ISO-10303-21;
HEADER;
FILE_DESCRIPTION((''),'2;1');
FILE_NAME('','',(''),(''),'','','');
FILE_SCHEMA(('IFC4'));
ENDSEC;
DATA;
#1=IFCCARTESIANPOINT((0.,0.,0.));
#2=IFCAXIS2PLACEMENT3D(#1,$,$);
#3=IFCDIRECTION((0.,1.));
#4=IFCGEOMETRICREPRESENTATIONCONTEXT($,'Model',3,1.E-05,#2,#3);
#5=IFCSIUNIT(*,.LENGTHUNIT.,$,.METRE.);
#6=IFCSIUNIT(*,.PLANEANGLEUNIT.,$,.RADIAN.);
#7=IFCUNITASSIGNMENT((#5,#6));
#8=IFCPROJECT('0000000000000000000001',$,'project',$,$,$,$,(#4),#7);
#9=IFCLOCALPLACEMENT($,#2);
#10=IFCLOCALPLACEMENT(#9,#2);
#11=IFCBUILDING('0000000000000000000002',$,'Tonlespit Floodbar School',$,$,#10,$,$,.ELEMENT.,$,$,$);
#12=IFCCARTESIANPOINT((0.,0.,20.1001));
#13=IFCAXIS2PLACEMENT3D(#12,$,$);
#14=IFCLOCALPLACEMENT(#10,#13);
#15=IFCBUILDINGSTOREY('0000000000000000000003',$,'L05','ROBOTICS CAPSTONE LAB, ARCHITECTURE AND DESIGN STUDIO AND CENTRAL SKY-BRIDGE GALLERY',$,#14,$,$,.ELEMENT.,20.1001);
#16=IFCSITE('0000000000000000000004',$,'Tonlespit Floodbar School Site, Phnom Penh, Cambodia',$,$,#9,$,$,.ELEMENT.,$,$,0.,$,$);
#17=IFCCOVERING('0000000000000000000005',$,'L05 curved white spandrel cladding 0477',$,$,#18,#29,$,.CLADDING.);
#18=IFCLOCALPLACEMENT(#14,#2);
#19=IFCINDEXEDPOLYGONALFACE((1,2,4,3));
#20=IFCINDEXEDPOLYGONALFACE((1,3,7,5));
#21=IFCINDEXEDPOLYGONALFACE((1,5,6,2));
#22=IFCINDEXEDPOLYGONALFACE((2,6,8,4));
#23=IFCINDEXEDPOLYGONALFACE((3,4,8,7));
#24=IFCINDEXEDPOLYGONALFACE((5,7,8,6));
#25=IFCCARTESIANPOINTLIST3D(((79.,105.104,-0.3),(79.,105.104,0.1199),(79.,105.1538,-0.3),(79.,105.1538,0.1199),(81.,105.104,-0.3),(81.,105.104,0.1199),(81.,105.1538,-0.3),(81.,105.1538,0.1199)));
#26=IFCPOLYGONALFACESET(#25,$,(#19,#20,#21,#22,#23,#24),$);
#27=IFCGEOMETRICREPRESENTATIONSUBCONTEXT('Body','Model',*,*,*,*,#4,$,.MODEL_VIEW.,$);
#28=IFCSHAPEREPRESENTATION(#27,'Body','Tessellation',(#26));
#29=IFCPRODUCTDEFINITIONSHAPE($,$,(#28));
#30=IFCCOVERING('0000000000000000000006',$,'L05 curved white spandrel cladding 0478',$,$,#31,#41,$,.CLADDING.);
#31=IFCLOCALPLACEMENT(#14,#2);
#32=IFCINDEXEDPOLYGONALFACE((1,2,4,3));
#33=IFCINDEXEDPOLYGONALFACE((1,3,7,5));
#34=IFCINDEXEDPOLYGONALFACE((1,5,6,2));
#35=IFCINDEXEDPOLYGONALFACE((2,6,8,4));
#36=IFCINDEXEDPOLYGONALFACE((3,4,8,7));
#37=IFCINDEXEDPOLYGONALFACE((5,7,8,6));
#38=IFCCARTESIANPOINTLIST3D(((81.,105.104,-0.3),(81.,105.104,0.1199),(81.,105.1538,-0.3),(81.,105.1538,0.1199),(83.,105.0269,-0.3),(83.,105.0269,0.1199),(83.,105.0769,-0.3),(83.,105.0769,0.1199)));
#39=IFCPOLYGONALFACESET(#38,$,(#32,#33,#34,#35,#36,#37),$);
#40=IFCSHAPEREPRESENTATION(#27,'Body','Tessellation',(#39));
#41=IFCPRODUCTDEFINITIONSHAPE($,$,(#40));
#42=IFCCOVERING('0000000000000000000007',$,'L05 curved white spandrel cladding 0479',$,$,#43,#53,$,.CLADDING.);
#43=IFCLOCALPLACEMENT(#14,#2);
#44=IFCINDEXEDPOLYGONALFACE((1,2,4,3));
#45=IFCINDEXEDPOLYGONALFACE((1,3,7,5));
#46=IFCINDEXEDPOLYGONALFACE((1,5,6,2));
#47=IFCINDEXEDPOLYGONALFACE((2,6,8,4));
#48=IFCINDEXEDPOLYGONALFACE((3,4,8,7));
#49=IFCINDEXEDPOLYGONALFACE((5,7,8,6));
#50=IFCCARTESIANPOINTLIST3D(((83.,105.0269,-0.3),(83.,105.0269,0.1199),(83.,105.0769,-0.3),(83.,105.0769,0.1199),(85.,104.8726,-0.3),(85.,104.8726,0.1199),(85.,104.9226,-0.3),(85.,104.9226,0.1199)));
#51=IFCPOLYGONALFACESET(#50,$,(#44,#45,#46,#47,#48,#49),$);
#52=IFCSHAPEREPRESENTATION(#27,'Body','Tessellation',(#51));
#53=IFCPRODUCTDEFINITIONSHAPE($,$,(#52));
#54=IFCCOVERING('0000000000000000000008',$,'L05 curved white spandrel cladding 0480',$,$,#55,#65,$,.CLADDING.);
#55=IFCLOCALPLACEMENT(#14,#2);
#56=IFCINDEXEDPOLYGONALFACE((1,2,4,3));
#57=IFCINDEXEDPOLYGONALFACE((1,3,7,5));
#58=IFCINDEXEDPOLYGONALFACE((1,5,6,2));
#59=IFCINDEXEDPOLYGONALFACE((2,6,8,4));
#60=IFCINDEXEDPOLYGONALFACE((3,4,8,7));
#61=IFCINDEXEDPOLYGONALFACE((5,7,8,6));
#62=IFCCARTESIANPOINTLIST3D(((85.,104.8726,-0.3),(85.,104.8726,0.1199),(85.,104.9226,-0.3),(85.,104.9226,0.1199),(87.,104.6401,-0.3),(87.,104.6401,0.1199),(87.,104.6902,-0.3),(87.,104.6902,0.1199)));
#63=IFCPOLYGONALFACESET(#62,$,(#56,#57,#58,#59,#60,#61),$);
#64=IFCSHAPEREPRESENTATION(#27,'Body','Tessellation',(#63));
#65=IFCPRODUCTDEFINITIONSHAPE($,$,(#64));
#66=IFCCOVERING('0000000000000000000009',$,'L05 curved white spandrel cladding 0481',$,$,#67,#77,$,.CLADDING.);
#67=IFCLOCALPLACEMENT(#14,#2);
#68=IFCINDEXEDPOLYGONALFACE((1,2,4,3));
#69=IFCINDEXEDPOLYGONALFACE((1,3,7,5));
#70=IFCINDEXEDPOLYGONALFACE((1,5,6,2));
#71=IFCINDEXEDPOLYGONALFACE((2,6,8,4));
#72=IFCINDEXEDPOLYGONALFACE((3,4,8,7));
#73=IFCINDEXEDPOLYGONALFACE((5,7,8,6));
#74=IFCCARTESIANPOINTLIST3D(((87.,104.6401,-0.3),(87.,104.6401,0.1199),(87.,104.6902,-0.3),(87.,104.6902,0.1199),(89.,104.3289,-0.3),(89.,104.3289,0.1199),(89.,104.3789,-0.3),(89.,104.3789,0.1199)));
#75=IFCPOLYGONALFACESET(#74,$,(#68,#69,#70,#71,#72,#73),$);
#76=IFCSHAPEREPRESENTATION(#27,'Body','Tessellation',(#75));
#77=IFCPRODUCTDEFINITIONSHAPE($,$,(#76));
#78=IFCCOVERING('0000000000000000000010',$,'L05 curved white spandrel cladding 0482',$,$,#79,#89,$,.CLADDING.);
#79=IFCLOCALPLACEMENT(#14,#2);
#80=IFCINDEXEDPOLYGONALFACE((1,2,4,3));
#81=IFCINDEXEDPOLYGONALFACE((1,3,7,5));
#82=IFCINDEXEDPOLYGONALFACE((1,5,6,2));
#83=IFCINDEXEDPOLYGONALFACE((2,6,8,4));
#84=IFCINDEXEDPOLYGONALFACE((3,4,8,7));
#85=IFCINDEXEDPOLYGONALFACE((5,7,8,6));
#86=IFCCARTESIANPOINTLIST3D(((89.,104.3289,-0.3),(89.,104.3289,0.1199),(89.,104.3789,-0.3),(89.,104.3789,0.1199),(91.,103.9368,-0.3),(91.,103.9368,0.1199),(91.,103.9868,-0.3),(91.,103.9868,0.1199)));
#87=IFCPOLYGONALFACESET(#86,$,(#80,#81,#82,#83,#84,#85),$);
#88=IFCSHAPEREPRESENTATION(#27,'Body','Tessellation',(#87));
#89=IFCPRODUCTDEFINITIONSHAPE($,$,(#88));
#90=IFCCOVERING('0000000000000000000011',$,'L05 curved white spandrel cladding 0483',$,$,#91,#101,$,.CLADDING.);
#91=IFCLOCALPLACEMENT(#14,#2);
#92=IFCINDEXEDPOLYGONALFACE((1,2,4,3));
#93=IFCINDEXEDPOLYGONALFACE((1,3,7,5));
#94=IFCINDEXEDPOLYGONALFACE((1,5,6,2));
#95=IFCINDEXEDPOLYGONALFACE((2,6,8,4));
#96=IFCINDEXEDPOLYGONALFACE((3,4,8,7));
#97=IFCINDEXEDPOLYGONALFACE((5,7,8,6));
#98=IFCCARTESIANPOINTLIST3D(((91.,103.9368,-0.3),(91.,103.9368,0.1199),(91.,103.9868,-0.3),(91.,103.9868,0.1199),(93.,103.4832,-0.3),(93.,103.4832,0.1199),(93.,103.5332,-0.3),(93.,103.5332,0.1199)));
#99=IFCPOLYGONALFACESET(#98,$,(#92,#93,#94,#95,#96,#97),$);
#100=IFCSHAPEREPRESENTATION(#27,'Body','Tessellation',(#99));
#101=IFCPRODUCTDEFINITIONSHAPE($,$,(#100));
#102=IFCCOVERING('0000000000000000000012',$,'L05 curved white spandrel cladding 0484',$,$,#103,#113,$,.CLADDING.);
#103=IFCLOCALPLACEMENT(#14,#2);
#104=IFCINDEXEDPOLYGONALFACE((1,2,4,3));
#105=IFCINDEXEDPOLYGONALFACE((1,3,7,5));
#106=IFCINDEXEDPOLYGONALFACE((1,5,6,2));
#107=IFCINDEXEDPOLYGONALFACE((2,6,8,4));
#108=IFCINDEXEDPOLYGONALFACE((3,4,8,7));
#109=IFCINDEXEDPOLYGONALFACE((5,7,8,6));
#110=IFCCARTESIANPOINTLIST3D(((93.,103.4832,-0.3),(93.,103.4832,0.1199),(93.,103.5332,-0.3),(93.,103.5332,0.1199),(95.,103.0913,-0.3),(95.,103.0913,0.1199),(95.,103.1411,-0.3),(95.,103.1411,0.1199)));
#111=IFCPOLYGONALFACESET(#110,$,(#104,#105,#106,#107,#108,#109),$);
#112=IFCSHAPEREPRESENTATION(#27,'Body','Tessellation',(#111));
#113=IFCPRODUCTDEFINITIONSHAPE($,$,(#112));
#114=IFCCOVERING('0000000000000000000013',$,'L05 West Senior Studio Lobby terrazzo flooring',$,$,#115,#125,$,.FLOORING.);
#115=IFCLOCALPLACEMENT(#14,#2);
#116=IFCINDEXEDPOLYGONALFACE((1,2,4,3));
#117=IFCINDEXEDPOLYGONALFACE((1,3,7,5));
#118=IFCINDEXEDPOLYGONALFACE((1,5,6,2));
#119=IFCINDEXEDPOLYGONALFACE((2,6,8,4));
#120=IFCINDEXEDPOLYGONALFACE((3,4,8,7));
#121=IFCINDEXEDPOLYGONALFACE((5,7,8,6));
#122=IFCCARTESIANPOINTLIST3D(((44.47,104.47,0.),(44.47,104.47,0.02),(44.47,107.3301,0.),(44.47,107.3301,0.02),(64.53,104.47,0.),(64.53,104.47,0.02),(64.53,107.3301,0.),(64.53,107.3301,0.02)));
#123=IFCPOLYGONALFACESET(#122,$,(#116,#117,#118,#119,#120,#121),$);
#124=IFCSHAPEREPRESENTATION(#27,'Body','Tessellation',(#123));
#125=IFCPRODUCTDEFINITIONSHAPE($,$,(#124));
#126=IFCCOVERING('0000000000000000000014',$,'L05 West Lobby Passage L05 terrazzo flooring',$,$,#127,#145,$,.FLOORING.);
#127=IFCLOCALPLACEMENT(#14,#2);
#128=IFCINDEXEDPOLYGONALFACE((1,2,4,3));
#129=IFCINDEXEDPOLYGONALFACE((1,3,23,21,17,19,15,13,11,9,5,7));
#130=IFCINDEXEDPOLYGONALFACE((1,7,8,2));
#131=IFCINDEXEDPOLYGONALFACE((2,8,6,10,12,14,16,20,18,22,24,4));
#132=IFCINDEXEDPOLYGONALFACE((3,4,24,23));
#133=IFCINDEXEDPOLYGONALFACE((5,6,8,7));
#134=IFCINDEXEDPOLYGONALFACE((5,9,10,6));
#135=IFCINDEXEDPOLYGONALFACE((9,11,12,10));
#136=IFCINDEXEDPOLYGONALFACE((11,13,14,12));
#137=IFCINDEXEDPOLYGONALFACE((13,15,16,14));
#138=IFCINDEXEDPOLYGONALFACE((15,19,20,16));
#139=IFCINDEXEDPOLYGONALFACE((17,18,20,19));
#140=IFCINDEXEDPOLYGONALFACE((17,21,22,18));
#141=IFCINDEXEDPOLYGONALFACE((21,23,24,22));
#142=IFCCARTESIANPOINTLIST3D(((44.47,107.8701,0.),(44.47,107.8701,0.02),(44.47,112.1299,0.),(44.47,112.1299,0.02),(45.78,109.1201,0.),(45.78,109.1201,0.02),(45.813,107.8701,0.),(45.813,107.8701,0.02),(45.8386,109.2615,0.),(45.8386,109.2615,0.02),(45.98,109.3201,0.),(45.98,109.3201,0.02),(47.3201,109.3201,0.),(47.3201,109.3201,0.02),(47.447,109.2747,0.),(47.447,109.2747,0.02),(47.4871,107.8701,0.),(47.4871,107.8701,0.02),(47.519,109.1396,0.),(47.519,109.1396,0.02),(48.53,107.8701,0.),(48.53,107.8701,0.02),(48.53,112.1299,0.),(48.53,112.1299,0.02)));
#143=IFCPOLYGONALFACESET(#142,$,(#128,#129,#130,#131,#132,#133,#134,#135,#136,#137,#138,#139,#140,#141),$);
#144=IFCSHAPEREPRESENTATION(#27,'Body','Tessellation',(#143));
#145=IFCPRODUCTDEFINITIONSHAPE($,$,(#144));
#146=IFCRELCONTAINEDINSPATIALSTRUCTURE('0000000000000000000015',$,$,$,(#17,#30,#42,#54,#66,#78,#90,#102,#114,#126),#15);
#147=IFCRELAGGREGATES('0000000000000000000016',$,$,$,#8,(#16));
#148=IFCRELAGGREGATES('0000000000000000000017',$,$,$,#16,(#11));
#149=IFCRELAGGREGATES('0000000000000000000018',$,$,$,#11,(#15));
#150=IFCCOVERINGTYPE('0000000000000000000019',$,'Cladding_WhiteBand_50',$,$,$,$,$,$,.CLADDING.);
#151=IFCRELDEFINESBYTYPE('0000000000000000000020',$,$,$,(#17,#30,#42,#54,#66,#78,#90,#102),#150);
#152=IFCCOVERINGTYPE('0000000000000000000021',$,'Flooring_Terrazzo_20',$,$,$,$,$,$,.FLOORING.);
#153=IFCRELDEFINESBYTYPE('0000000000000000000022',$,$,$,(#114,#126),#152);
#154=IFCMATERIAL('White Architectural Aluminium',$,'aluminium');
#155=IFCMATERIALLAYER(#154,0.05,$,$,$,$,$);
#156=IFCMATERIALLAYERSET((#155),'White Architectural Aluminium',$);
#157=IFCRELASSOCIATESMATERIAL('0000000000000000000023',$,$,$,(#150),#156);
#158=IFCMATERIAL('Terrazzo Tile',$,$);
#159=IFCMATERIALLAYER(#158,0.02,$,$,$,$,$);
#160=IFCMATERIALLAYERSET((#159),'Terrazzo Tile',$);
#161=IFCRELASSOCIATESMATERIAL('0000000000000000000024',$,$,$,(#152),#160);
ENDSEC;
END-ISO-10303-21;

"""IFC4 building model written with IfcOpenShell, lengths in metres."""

from ifc_helpers import new_model, si_unit, direction, frame, origin, place, context, subcontext, project, spatial, polyline, outline, extrude, material, layer, layer_set, type_object, element, save


model = new_model("IFC4")

# Units and contexts
model_context = context("Model", 3, precision=1e-05, world=origin(), true_north=direction((0.0, 1.0)))
body_context = subcontext(model_context, "Body", "Model", "MODEL_VIEW")
ifc_project = project(units=[si_unit("LENGTHUNIT", "METRE"), si_unit("PLANEANGLEUNIT", "RADIAN")], contexts=[model_context])

# Site, building, storey
site_placement = place(None, origin())
site = spatial("IfcSite", under=ifc_project, at=site_placement, Name="Tonlespit Floodbar School Site, Phnom Penh, Cambodia", CompositionType="ELEMENT", RefElevation=0.0)
building_placement = place(site_placement, origin())
building = spatial("IfcBuilding", under=site, at=building_placement, Name="Tonlespit Floodbar School", CompositionType="ELEMENT")
storey_placement = place(building_placement, frame((0.0, 0.0, 20.1001)))
storey = spatial("IfcBuildingStorey", under=building, at=storey_placement, Name="L05", Description="ROBOTICS CAPSTONE LAB, ARCHITECTURE AND DESIGN STUDIO AND CENTRAL SKY-BRIDGE GALLERY", CompositionType="ELEMENT", Elevation=20.1001)

# Coverings
ifc_material_1 = material(Name="White Architectural Aluminium", Category="aluminium")
ifc_layer_1 = layer(ifc_material_1, 0.05)
ifc_layer_set_1 = layer_set([ifc_layer_1], Name="White Architectural Aluminium")
covering_type_1 = type_object("IfcCoveringType", Name="Cladding_WhiteBand_50", PredefinedType="CLADDING", material=ifc_layer_set_1)
covering_1_placement = place(storey_placement, frame((0.0, 0.0, -0.3)))
element("IfcCovering", 1, at=covering_1_placement, inside=storey, type_object=covering_type_1, Name="L05 curved white spandrel cladding 0477", PredefinedType="CLADDING", context=body_context, shape_type="SweptSolid", body=[
    extrude(outline(polyline([(79.0, 105.1538), (81.0, 105.1538), (81.0, 105.104), (79.0, 105.104), (79.0, 105.1538)])), origin(), (0.0, 0.0, 1.0), 0.4199),
])
covering_2_placement = place(storey_placement, frame((0.0, 0.0, -0.3)))
element("IfcCovering", 2, at=covering_2_placement, inside=storey, type_object=covering_type_1, Name="L05 curved white spandrel cladding 0478", PredefinedType="CLADDING", context=body_context, shape_type="SweptSolid", body=[
    extrude(outline(polyline([(81.0, 105.1538), (83.0, 105.0769), (83.0, 105.0269), (81.0, 105.104), (81.0, 105.1538)])), origin(), (0.0, 0.0, 1.0), 0.4199),
])
covering_3_placement = place(storey_placement, frame((0.0, 0.0, -0.3)))
element("IfcCovering", 3, at=covering_3_placement, inside=storey, type_object=covering_type_1, Name="L05 curved white spandrel cladding 0479", PredefinedType="CLADDING", context=body_context, shape_type="SweptSolid", body=[
    extrude(outline(polyline([(83.0, 105.0769), (85.0, 104.9226), (85.0, 104.8726), (83.0, 105.0269), (83.0, 105.0769)])), origin(), (0.0, 0.0, 1.0), 0.4199),
])
covering_4_placement = place(storey_placement, frame((0.0, 0.0, -0.3)))
element("IfcCovering", 4, at=covering_4_placement, inside=storey, type_object=covering_type_1, Name="L05 curved white spandrel cladding 0480", PredefinedType="CLADDING", context=body_context, shape_type="SweptSolid", body=[
    extrude(outline(polyline([(85.0, 104.9226), (87.0, 104.6902), (87.0, 104.6401), (85.0, 104.8726), (85.0, 104.9226)])), origin(), (0.0, 0.0, 1.0), 0.4199),
])
covering_5_placement = place(storey_placement, frame((0.0, 0.0, -0.3)))
element("IfcCovering", 5, at=covering_5_placement, inside=storey, type_object=covering_type_1, Name="L05 curved white spandrel cladding 0481", PredefinedType="CLADDING", context=body_context, shape_type="SweptSolid", body=[
    extrude(outline(polyline([(87.0, 104.6902), (89.0, 104.3789), (89.0, 104.3289), (87.0, 104.6401), (87.0, 104.6902)])), origin(), (0.0, 0.0, 1.0), 0.4199),
])
covering_6_placement = place(storey_placement, frame((0.0, 0.0, -0.3)))
element("IfcCovering", 6, at=covering_6_placement, inside=storey, type_object=covering_type_1, Name="L05 curved white spandrel cladding 0482", PredefinedType="CLADDING", context=body_context, shape_type="SweptSolid", body=[
    extrude(outline(polyline([(89.0, 104.3789), (91.0, 103.9868), (91.0, 103.9368), (89.0, 104.3289), (89.0, 104.3789)])), origin(), (0.0, 0.0, 1.0), 0.4199),
])
covering_7_placement = place(storey_placement, frame((0.0, 0.0, -0.3)))
element("IfcCovering", 7, at=covering_7_placement, inside=storey, type_object=covering_type_1, Name="L05 curved white spandrel cladding 0483", PredefinedType="CLADDING", context=body_context, shape_type="SweptSolid", body=[
    extrude(outline(polyline([(91.0, 103.9868), (93.0, 103.5332), (93.0, 103.4832), (91.0, 103.9368), (91.0, 103.9868)])), origin(), (0.0, 0.0, 1.0), 0.4199),
])
covering_8_placement = place(storey_placement, frame((0.0, 0.0, -0.3)))
element("IfcCovering", 8, at=covering_8_placement, inside=storey, type_object=covering_type_1, Name="L05 curved white spandrel cladding 0484", PredefinedType="CLADDING", context=body_context, shape_type="SweptSolid", body=[
    extrude(outline(polyline([(93.0, 103.5332), (95.0, 103.1411), (95.0, 103.0913), (93.0, 103.4832), (93.0, 103.5332)])), origin(), (0.0, 0.0, 1.0), 0.4199),
])
ifc_material_2 = material(Name="Terrazzo Tile")
ifc_layer_2 = layer(ifc_material_2, 0.02)
ifc_layer_set_2 = layer_set([ifc_layer_2], Name="Terrazzo Tile")
covering_type_2 = type_object("IfcCoveringType", Name="Flooring_Terrazzo_20", PredefinedType="FLOORING", material=ifc_layer_set_2)
covering_9_placement = place(storey_placement, origin())
element("IfcCovering", 9, at=covering_9_placement, inside=storey, type_object=covering_type_2, Name="L05 West Senior Studio Lobby terrazzo flooring", PredefinedType="FLOORING", context=body_context, shape_type="SweptSolid", body=[
    extrude(outline(polyline([(64.53, 107.3301), (64.53, 104.47), (44.47, 104.47), (44.47, 107.3301), (64.53, 107.3301)])), origin(), (0.0, 0.0, 1.0), 0.02),
])
covering_10_placement = place(storey_placement, origin())
element("IfcCovering", 10, at=covering_10_placement, inside=storey, type_object=covering_type_2, Name="L05 West Lobby Passage L05 terrazzo flooring", PredefinedType="FLOORING", context=body_context, shape_type="SweptSolid", body=[
    extrude(outline(polyline([(45.813, 107.8701), (44.47, 107.8701), (44.47, 112.1299), (48.53, 112.1299), (48.53, 107.8701), (47.4871, 107.8701), (47.519, 109.1396), (47.447, 109.2747), (47.3201, 109.3201), (45.98, 109.3201), (45.8386, 109.2615), (45.78, 109.1201), (45.813, 107.8701)])), origin(), (0.0, 0.0, 1.0), 0.02),
])

save(model, "model.ifc")
